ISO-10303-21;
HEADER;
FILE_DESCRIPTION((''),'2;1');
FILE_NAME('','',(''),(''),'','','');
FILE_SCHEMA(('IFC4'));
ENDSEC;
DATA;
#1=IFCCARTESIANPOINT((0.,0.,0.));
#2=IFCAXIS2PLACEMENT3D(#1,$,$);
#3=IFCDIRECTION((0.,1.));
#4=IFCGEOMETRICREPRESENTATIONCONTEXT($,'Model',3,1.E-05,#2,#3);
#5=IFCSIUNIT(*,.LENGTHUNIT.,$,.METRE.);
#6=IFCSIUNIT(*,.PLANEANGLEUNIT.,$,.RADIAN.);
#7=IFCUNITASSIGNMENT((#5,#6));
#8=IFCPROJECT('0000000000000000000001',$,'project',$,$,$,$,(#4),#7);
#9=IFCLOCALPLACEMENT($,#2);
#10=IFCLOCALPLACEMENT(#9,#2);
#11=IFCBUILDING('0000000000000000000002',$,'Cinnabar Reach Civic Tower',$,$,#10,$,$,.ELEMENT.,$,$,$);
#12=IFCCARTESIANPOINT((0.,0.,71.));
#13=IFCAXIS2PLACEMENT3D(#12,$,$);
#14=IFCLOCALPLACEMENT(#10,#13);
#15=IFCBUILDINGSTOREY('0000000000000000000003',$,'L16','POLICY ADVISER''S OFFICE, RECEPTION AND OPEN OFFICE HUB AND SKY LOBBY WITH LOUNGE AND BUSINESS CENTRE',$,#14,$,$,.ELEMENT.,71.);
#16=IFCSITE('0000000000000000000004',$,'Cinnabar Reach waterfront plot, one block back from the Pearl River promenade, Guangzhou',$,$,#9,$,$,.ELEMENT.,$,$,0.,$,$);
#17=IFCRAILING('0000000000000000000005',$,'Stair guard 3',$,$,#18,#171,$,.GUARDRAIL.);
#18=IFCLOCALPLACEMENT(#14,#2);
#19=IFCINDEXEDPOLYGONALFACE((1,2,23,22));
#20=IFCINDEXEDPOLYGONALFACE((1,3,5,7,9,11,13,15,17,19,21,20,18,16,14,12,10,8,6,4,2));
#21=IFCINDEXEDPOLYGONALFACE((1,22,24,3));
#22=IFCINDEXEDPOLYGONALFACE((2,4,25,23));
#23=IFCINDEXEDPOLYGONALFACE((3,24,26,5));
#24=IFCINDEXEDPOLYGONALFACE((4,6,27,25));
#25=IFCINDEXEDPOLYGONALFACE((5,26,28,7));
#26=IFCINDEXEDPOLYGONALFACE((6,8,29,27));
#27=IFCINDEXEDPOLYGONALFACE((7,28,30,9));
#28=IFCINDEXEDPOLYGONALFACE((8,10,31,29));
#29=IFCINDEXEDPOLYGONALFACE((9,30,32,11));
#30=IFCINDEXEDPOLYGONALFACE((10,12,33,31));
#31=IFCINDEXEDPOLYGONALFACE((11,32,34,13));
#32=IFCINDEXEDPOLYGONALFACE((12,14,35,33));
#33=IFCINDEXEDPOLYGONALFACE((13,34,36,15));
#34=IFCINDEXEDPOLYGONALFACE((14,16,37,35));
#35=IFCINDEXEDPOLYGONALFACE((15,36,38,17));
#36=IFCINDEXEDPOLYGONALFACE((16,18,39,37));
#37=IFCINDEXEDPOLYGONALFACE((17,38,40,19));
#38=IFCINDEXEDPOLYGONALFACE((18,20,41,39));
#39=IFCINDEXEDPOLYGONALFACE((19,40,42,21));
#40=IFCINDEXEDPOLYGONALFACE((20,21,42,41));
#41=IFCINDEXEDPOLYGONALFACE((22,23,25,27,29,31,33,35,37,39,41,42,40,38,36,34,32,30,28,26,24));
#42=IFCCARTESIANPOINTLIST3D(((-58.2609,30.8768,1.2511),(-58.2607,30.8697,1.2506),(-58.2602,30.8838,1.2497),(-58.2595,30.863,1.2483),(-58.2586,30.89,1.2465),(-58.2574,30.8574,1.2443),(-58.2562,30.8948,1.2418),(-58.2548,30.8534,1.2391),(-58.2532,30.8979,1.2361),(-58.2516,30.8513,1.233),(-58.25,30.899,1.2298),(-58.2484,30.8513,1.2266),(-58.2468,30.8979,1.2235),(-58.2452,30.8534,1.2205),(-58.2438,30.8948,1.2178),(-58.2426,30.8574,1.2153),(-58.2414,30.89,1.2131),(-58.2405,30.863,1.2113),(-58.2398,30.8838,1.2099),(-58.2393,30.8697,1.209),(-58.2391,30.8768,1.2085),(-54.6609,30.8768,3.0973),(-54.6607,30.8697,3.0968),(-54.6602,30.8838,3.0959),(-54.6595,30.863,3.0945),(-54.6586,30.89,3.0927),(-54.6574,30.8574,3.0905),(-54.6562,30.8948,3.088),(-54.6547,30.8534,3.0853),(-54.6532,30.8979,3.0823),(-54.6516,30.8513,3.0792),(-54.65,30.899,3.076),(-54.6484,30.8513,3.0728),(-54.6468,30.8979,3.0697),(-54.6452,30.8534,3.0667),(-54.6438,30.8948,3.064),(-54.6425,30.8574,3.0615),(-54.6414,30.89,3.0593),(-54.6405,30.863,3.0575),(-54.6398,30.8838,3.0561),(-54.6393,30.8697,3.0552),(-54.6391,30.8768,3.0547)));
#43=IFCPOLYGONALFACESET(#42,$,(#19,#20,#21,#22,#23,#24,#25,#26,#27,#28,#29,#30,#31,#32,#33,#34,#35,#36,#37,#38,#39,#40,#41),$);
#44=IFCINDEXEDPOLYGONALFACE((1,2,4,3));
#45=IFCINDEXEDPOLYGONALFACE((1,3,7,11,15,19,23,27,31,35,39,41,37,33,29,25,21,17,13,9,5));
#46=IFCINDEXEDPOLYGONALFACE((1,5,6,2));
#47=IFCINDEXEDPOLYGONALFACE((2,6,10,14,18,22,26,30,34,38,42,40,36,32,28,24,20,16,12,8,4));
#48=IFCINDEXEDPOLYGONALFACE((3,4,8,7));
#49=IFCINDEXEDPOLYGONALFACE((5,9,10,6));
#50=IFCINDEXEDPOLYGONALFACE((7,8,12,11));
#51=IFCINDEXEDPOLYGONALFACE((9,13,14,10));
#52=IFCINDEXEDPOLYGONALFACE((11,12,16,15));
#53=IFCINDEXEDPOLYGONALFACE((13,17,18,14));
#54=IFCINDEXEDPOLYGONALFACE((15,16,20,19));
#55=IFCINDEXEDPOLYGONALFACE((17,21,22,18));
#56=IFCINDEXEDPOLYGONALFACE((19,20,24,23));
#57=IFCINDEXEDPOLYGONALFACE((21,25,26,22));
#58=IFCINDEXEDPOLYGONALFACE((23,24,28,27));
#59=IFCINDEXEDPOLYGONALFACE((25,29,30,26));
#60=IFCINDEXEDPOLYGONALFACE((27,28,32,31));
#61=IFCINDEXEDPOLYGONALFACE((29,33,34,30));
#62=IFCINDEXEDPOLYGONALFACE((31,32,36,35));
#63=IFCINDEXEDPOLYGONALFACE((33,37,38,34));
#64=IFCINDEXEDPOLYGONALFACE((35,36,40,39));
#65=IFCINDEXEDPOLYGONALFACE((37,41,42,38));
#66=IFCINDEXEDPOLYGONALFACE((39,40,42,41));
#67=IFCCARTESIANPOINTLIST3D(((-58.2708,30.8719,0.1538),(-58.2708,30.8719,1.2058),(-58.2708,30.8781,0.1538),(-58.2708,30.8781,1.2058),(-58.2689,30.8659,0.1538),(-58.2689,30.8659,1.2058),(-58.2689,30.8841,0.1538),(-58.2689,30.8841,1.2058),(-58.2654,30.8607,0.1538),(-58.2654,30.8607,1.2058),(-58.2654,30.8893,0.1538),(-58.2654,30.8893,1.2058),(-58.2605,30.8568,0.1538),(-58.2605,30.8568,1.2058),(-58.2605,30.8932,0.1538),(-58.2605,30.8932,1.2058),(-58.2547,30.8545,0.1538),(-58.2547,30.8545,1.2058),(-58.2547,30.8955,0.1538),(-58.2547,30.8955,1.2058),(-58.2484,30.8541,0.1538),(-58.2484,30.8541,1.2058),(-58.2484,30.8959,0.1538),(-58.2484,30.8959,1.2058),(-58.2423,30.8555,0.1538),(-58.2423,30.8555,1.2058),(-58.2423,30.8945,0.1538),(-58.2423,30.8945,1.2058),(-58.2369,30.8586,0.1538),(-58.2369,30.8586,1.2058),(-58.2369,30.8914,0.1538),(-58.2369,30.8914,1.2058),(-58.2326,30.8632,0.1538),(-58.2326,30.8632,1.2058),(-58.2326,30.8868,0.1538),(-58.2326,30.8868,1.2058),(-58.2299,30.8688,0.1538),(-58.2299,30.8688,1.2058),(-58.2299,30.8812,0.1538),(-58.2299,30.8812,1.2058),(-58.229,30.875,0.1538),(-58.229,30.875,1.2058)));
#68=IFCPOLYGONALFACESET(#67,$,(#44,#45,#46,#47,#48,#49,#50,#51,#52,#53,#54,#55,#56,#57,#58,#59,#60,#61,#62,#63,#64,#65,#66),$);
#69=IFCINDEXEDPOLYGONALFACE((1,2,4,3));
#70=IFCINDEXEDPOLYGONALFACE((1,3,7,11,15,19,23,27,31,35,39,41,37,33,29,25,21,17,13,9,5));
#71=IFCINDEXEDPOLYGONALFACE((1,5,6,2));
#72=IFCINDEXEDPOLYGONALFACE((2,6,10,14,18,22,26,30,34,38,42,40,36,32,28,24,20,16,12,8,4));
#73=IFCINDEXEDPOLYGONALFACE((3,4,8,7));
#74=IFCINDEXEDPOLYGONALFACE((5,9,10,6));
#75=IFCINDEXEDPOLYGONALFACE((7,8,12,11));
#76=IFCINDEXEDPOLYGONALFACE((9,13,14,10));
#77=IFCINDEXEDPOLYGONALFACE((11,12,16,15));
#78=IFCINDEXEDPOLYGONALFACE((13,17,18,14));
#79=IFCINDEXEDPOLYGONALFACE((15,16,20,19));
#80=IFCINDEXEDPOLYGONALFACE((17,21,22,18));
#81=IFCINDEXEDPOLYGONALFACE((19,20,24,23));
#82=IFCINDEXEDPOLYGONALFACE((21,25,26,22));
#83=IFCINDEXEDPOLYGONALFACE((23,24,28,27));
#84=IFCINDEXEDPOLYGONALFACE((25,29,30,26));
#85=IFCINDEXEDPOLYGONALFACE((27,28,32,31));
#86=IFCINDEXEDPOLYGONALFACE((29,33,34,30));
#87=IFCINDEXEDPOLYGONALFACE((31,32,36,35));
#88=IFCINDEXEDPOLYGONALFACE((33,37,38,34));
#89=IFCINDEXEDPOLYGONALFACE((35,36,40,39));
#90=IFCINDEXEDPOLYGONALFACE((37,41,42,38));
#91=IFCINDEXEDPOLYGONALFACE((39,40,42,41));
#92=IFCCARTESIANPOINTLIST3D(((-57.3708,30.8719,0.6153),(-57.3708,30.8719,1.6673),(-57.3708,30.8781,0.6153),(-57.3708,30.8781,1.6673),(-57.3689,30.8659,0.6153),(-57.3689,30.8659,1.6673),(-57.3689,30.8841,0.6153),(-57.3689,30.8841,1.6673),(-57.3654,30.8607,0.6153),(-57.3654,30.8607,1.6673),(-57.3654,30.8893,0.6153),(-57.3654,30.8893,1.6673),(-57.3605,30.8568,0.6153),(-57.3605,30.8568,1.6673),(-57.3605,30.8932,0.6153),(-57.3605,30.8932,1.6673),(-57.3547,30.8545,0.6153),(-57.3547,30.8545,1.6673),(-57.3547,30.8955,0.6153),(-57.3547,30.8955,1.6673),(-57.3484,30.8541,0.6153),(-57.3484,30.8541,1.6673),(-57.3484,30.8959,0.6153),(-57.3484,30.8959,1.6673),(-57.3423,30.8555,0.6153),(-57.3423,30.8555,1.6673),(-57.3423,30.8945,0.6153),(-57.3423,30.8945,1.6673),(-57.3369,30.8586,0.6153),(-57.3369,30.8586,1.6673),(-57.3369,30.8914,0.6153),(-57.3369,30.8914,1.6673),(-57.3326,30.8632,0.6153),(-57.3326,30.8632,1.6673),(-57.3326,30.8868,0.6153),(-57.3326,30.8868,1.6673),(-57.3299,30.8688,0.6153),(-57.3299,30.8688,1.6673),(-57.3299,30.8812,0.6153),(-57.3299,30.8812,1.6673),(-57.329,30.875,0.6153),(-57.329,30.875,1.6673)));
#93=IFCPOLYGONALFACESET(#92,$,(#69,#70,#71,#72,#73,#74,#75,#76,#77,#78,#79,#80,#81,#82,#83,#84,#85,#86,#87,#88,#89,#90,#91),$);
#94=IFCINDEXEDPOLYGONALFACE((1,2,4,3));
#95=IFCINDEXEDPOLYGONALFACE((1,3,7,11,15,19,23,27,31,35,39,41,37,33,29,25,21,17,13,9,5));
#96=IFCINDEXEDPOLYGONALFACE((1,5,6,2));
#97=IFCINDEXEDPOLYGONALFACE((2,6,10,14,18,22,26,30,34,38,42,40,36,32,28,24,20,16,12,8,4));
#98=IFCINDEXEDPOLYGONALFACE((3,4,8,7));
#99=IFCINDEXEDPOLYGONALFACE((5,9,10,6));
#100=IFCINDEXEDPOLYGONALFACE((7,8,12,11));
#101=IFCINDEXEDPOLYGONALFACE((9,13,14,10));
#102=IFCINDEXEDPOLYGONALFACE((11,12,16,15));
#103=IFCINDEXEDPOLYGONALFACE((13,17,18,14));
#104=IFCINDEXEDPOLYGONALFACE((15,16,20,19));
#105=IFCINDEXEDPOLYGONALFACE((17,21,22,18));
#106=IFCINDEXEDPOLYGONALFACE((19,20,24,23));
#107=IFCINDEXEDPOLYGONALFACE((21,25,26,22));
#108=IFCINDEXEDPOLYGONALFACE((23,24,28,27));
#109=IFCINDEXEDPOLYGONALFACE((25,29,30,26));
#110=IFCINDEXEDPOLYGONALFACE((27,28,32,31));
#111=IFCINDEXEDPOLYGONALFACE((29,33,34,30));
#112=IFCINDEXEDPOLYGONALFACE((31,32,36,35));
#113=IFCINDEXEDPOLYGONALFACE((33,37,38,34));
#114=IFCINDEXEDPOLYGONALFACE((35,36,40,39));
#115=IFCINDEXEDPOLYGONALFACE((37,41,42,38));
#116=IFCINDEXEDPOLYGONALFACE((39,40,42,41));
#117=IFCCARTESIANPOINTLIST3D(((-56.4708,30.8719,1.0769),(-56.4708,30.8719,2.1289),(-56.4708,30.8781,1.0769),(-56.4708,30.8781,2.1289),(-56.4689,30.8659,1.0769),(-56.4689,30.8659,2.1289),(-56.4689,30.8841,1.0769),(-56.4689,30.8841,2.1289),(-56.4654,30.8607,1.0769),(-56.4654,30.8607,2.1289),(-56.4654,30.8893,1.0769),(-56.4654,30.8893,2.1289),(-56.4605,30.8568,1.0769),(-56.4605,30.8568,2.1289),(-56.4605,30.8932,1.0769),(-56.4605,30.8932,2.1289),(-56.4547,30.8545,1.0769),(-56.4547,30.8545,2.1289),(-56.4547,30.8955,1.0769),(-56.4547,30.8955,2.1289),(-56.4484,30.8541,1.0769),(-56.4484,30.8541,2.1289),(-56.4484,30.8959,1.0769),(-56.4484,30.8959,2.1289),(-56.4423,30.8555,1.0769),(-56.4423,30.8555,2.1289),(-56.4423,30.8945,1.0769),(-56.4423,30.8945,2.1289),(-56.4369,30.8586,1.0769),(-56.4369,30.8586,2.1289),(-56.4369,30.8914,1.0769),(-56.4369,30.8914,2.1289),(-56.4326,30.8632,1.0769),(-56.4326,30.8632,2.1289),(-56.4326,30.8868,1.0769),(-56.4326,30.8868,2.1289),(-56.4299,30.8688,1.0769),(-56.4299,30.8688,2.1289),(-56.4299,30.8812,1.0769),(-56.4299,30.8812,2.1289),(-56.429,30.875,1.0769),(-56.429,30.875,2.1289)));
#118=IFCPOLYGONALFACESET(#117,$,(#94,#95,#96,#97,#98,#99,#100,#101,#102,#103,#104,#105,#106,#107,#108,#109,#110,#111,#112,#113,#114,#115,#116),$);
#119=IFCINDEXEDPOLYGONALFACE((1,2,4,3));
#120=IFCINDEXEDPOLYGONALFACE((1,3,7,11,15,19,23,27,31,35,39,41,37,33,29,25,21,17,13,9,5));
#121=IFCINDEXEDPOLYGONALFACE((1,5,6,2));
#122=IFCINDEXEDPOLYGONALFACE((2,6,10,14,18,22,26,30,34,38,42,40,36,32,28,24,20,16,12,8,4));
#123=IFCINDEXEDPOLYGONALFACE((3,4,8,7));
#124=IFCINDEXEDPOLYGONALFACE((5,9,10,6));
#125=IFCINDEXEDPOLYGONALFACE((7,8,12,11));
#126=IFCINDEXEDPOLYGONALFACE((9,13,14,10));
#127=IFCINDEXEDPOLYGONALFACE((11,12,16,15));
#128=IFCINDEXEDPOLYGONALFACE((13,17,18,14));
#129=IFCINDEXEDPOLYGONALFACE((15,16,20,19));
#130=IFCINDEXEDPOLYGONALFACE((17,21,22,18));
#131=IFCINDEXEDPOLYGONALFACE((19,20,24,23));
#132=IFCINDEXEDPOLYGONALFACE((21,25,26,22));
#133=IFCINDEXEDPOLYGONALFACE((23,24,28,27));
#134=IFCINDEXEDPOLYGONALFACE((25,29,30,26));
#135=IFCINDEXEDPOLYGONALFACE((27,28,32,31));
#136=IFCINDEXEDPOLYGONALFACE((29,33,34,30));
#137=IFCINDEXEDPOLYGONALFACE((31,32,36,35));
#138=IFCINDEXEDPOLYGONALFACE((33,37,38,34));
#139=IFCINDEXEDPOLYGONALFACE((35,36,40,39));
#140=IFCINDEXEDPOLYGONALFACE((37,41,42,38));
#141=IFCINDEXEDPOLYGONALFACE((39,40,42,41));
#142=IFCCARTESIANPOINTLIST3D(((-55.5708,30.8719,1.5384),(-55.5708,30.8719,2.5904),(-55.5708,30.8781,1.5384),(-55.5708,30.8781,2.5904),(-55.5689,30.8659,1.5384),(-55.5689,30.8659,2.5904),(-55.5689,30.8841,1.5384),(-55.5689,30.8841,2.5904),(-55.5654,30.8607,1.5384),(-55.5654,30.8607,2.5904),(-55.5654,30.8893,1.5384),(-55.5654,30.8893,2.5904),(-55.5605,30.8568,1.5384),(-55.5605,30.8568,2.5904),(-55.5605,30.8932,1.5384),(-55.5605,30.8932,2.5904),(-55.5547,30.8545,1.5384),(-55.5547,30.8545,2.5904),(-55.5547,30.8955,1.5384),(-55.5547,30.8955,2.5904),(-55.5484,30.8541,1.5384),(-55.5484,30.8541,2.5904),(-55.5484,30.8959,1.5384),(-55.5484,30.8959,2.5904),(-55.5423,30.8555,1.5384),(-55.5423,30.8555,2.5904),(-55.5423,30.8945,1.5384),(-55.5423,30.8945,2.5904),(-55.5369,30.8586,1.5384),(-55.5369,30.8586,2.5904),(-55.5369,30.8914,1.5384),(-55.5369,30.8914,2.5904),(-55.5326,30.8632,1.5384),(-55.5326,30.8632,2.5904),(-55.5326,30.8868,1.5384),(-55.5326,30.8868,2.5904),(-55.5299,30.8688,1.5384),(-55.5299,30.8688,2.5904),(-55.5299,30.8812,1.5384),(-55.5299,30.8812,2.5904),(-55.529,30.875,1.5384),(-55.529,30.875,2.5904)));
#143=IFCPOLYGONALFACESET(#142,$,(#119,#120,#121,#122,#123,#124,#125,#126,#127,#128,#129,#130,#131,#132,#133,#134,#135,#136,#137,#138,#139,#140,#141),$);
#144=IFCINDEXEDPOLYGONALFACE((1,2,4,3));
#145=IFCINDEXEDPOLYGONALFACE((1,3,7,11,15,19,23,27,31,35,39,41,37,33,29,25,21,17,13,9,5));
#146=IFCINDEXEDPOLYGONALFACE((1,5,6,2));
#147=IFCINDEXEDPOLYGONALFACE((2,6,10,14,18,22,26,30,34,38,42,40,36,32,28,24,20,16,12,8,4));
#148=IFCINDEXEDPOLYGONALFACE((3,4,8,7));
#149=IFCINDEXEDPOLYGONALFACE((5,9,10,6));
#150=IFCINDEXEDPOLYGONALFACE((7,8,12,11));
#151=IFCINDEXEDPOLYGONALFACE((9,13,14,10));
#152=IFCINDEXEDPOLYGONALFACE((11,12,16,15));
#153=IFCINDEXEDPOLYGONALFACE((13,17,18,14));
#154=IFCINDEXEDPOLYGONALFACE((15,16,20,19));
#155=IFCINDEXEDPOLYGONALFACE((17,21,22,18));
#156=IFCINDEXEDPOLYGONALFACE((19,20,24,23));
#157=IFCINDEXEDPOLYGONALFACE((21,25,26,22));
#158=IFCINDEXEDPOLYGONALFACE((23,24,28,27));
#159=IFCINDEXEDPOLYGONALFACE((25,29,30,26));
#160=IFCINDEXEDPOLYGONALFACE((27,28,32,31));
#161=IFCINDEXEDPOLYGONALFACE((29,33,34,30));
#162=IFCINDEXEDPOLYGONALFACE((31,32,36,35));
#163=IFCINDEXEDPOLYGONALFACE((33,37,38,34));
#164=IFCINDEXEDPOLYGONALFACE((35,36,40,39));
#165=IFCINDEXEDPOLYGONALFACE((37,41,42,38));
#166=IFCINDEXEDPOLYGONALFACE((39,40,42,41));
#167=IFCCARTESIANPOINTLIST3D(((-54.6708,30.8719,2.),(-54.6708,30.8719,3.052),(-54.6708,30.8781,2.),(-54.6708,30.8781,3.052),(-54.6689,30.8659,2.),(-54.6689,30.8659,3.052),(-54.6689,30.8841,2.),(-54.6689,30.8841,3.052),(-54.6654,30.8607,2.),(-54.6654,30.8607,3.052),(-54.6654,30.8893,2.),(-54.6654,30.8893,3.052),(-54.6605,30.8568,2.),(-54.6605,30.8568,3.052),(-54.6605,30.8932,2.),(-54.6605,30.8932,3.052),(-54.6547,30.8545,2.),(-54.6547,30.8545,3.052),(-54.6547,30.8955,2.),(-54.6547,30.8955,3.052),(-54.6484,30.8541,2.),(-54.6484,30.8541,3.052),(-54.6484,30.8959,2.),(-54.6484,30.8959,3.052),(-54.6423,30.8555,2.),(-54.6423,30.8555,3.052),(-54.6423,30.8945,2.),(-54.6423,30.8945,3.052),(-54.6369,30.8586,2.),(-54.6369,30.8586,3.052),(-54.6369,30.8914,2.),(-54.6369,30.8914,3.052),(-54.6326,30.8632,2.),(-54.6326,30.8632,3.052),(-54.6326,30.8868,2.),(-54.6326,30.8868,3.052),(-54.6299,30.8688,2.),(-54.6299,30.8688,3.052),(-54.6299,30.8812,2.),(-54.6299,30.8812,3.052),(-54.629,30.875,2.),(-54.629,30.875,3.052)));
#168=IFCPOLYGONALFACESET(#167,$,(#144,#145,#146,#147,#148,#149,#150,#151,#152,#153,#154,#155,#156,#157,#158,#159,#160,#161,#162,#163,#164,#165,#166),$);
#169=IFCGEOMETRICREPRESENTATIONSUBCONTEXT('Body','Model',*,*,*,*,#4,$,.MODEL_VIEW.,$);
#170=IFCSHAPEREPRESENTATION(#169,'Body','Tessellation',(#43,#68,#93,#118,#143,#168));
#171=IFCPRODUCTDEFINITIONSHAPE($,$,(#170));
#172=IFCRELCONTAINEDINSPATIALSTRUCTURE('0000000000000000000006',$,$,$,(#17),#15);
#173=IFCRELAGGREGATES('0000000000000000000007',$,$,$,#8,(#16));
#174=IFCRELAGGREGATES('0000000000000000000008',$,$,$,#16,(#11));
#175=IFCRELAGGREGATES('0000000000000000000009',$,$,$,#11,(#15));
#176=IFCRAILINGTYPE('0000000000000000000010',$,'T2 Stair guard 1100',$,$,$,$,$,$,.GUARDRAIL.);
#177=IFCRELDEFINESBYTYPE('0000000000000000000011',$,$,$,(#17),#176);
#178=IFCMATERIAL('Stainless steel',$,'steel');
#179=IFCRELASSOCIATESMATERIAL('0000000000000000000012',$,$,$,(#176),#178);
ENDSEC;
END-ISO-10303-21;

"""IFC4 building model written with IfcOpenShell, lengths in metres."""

from ifc_helpers import new_model, si_unit, direction, frame, origin, origin_2d, place, context, subcontext, project, spatial, circle, extrude, material, type_object, element, save


model = new_model("IFC4")

# Units and contexts
model_context = context("Model", 3, precision=1e-05, world=origin(), true_north=direction((0.0, 1.0)))
body_context = subcontext(model_context, "Body", "Model", "MODEL_VIEW")
ifc_project = project(units=[si_unit("LENGTHUNIT", "METRE"), si_unit("PLANEANGLEUNIT", "RADIAN")], contexts=[model_context])

# Site, building, storey
site_placement = place(None, origin())
site = spatial("IfcSite", under=ifc_project, at=site_placement, Name="Cinnabar Reach waterfront plot, one block back from the Pearl River promenade, Guangzhou", CompositionType="ELEMENT", RefElevation=0.0)
building_placement = place(site_placement, origin())
building = spatial("IfcBuilding", under=site, at=building_placement, Name="Cinnabar Reach Civic Tower", CompositionType="ELEMENT")
storey_placement = place(building_placement, frame((0.0, 0.0, 71.0)))
storey = spatial("IfcBuildingStorey", under=building, at=storey_placement, Name="L16", Description="POLICY ADVISER'S OFFICE, RECEPTION AND OPEN OFFICE HUB AND SKY LOBBY WITH LOUNGE AND BUSINESS CENTRE", CompositionType="ELEMENT", Elevation=71.0)

# Railing
ifc_material_1 = material(Name="Stainless steel", Category="steel")
railing_type = type_object("IfcRailingType", Name="T2 Stair guard 1100", PredefinedType="GUARDRAIL", material=ifc_material_1)
railing_1_placement = place(storey_placement, frame((-58.25, 30.875, 0.1538)))
element("IfcRailing", 1, at=railing_1_placement, inside=storey, type_object=railing_type, Name="Stair guard 3", PredefinedType="GUARDRAIL", context=body_context, shape_type="SweptSolid", body=[
    extrude(circle(Radius=0.024, at=origin_2d()), frame((0.0, 0.0, 1.076), z_axis=(0.889813, 0.0, 0.456326), x_axis=(0.0, 1.0, 0.0)), (0.0, 0.0, 1.0), 4.0458),
    extrude(circle(Radius=0.021, at=origin_2d()), origin(), (0.0, 0.0, 1.0), 1.052),
    extrude(circle(Radius=0.021, at=origin_2d()), frame((0.9, 0.0, 0.4615)), (0.0, 0.0, 1.0), 1.052),
    extrude(circle(Radius=0.021, at=origin_2d()), frame((1.8, 0.0, 0.9231)), (0.0, 0.0, 1.0), 1.052),
    extrude(circle(Radius=0.021, at=origin_2d()), frame((2.7, 0.0, 1.3846)), (0.0, 0.0, 1.0), 1.052),
    extrude(circle(Radius=0.021, at=origin_2d()), frame((3.6, 0.0, 1.8462)), (0.0, 0.0, 1.0), 1.052),
])

save(model, "model.ifc")
